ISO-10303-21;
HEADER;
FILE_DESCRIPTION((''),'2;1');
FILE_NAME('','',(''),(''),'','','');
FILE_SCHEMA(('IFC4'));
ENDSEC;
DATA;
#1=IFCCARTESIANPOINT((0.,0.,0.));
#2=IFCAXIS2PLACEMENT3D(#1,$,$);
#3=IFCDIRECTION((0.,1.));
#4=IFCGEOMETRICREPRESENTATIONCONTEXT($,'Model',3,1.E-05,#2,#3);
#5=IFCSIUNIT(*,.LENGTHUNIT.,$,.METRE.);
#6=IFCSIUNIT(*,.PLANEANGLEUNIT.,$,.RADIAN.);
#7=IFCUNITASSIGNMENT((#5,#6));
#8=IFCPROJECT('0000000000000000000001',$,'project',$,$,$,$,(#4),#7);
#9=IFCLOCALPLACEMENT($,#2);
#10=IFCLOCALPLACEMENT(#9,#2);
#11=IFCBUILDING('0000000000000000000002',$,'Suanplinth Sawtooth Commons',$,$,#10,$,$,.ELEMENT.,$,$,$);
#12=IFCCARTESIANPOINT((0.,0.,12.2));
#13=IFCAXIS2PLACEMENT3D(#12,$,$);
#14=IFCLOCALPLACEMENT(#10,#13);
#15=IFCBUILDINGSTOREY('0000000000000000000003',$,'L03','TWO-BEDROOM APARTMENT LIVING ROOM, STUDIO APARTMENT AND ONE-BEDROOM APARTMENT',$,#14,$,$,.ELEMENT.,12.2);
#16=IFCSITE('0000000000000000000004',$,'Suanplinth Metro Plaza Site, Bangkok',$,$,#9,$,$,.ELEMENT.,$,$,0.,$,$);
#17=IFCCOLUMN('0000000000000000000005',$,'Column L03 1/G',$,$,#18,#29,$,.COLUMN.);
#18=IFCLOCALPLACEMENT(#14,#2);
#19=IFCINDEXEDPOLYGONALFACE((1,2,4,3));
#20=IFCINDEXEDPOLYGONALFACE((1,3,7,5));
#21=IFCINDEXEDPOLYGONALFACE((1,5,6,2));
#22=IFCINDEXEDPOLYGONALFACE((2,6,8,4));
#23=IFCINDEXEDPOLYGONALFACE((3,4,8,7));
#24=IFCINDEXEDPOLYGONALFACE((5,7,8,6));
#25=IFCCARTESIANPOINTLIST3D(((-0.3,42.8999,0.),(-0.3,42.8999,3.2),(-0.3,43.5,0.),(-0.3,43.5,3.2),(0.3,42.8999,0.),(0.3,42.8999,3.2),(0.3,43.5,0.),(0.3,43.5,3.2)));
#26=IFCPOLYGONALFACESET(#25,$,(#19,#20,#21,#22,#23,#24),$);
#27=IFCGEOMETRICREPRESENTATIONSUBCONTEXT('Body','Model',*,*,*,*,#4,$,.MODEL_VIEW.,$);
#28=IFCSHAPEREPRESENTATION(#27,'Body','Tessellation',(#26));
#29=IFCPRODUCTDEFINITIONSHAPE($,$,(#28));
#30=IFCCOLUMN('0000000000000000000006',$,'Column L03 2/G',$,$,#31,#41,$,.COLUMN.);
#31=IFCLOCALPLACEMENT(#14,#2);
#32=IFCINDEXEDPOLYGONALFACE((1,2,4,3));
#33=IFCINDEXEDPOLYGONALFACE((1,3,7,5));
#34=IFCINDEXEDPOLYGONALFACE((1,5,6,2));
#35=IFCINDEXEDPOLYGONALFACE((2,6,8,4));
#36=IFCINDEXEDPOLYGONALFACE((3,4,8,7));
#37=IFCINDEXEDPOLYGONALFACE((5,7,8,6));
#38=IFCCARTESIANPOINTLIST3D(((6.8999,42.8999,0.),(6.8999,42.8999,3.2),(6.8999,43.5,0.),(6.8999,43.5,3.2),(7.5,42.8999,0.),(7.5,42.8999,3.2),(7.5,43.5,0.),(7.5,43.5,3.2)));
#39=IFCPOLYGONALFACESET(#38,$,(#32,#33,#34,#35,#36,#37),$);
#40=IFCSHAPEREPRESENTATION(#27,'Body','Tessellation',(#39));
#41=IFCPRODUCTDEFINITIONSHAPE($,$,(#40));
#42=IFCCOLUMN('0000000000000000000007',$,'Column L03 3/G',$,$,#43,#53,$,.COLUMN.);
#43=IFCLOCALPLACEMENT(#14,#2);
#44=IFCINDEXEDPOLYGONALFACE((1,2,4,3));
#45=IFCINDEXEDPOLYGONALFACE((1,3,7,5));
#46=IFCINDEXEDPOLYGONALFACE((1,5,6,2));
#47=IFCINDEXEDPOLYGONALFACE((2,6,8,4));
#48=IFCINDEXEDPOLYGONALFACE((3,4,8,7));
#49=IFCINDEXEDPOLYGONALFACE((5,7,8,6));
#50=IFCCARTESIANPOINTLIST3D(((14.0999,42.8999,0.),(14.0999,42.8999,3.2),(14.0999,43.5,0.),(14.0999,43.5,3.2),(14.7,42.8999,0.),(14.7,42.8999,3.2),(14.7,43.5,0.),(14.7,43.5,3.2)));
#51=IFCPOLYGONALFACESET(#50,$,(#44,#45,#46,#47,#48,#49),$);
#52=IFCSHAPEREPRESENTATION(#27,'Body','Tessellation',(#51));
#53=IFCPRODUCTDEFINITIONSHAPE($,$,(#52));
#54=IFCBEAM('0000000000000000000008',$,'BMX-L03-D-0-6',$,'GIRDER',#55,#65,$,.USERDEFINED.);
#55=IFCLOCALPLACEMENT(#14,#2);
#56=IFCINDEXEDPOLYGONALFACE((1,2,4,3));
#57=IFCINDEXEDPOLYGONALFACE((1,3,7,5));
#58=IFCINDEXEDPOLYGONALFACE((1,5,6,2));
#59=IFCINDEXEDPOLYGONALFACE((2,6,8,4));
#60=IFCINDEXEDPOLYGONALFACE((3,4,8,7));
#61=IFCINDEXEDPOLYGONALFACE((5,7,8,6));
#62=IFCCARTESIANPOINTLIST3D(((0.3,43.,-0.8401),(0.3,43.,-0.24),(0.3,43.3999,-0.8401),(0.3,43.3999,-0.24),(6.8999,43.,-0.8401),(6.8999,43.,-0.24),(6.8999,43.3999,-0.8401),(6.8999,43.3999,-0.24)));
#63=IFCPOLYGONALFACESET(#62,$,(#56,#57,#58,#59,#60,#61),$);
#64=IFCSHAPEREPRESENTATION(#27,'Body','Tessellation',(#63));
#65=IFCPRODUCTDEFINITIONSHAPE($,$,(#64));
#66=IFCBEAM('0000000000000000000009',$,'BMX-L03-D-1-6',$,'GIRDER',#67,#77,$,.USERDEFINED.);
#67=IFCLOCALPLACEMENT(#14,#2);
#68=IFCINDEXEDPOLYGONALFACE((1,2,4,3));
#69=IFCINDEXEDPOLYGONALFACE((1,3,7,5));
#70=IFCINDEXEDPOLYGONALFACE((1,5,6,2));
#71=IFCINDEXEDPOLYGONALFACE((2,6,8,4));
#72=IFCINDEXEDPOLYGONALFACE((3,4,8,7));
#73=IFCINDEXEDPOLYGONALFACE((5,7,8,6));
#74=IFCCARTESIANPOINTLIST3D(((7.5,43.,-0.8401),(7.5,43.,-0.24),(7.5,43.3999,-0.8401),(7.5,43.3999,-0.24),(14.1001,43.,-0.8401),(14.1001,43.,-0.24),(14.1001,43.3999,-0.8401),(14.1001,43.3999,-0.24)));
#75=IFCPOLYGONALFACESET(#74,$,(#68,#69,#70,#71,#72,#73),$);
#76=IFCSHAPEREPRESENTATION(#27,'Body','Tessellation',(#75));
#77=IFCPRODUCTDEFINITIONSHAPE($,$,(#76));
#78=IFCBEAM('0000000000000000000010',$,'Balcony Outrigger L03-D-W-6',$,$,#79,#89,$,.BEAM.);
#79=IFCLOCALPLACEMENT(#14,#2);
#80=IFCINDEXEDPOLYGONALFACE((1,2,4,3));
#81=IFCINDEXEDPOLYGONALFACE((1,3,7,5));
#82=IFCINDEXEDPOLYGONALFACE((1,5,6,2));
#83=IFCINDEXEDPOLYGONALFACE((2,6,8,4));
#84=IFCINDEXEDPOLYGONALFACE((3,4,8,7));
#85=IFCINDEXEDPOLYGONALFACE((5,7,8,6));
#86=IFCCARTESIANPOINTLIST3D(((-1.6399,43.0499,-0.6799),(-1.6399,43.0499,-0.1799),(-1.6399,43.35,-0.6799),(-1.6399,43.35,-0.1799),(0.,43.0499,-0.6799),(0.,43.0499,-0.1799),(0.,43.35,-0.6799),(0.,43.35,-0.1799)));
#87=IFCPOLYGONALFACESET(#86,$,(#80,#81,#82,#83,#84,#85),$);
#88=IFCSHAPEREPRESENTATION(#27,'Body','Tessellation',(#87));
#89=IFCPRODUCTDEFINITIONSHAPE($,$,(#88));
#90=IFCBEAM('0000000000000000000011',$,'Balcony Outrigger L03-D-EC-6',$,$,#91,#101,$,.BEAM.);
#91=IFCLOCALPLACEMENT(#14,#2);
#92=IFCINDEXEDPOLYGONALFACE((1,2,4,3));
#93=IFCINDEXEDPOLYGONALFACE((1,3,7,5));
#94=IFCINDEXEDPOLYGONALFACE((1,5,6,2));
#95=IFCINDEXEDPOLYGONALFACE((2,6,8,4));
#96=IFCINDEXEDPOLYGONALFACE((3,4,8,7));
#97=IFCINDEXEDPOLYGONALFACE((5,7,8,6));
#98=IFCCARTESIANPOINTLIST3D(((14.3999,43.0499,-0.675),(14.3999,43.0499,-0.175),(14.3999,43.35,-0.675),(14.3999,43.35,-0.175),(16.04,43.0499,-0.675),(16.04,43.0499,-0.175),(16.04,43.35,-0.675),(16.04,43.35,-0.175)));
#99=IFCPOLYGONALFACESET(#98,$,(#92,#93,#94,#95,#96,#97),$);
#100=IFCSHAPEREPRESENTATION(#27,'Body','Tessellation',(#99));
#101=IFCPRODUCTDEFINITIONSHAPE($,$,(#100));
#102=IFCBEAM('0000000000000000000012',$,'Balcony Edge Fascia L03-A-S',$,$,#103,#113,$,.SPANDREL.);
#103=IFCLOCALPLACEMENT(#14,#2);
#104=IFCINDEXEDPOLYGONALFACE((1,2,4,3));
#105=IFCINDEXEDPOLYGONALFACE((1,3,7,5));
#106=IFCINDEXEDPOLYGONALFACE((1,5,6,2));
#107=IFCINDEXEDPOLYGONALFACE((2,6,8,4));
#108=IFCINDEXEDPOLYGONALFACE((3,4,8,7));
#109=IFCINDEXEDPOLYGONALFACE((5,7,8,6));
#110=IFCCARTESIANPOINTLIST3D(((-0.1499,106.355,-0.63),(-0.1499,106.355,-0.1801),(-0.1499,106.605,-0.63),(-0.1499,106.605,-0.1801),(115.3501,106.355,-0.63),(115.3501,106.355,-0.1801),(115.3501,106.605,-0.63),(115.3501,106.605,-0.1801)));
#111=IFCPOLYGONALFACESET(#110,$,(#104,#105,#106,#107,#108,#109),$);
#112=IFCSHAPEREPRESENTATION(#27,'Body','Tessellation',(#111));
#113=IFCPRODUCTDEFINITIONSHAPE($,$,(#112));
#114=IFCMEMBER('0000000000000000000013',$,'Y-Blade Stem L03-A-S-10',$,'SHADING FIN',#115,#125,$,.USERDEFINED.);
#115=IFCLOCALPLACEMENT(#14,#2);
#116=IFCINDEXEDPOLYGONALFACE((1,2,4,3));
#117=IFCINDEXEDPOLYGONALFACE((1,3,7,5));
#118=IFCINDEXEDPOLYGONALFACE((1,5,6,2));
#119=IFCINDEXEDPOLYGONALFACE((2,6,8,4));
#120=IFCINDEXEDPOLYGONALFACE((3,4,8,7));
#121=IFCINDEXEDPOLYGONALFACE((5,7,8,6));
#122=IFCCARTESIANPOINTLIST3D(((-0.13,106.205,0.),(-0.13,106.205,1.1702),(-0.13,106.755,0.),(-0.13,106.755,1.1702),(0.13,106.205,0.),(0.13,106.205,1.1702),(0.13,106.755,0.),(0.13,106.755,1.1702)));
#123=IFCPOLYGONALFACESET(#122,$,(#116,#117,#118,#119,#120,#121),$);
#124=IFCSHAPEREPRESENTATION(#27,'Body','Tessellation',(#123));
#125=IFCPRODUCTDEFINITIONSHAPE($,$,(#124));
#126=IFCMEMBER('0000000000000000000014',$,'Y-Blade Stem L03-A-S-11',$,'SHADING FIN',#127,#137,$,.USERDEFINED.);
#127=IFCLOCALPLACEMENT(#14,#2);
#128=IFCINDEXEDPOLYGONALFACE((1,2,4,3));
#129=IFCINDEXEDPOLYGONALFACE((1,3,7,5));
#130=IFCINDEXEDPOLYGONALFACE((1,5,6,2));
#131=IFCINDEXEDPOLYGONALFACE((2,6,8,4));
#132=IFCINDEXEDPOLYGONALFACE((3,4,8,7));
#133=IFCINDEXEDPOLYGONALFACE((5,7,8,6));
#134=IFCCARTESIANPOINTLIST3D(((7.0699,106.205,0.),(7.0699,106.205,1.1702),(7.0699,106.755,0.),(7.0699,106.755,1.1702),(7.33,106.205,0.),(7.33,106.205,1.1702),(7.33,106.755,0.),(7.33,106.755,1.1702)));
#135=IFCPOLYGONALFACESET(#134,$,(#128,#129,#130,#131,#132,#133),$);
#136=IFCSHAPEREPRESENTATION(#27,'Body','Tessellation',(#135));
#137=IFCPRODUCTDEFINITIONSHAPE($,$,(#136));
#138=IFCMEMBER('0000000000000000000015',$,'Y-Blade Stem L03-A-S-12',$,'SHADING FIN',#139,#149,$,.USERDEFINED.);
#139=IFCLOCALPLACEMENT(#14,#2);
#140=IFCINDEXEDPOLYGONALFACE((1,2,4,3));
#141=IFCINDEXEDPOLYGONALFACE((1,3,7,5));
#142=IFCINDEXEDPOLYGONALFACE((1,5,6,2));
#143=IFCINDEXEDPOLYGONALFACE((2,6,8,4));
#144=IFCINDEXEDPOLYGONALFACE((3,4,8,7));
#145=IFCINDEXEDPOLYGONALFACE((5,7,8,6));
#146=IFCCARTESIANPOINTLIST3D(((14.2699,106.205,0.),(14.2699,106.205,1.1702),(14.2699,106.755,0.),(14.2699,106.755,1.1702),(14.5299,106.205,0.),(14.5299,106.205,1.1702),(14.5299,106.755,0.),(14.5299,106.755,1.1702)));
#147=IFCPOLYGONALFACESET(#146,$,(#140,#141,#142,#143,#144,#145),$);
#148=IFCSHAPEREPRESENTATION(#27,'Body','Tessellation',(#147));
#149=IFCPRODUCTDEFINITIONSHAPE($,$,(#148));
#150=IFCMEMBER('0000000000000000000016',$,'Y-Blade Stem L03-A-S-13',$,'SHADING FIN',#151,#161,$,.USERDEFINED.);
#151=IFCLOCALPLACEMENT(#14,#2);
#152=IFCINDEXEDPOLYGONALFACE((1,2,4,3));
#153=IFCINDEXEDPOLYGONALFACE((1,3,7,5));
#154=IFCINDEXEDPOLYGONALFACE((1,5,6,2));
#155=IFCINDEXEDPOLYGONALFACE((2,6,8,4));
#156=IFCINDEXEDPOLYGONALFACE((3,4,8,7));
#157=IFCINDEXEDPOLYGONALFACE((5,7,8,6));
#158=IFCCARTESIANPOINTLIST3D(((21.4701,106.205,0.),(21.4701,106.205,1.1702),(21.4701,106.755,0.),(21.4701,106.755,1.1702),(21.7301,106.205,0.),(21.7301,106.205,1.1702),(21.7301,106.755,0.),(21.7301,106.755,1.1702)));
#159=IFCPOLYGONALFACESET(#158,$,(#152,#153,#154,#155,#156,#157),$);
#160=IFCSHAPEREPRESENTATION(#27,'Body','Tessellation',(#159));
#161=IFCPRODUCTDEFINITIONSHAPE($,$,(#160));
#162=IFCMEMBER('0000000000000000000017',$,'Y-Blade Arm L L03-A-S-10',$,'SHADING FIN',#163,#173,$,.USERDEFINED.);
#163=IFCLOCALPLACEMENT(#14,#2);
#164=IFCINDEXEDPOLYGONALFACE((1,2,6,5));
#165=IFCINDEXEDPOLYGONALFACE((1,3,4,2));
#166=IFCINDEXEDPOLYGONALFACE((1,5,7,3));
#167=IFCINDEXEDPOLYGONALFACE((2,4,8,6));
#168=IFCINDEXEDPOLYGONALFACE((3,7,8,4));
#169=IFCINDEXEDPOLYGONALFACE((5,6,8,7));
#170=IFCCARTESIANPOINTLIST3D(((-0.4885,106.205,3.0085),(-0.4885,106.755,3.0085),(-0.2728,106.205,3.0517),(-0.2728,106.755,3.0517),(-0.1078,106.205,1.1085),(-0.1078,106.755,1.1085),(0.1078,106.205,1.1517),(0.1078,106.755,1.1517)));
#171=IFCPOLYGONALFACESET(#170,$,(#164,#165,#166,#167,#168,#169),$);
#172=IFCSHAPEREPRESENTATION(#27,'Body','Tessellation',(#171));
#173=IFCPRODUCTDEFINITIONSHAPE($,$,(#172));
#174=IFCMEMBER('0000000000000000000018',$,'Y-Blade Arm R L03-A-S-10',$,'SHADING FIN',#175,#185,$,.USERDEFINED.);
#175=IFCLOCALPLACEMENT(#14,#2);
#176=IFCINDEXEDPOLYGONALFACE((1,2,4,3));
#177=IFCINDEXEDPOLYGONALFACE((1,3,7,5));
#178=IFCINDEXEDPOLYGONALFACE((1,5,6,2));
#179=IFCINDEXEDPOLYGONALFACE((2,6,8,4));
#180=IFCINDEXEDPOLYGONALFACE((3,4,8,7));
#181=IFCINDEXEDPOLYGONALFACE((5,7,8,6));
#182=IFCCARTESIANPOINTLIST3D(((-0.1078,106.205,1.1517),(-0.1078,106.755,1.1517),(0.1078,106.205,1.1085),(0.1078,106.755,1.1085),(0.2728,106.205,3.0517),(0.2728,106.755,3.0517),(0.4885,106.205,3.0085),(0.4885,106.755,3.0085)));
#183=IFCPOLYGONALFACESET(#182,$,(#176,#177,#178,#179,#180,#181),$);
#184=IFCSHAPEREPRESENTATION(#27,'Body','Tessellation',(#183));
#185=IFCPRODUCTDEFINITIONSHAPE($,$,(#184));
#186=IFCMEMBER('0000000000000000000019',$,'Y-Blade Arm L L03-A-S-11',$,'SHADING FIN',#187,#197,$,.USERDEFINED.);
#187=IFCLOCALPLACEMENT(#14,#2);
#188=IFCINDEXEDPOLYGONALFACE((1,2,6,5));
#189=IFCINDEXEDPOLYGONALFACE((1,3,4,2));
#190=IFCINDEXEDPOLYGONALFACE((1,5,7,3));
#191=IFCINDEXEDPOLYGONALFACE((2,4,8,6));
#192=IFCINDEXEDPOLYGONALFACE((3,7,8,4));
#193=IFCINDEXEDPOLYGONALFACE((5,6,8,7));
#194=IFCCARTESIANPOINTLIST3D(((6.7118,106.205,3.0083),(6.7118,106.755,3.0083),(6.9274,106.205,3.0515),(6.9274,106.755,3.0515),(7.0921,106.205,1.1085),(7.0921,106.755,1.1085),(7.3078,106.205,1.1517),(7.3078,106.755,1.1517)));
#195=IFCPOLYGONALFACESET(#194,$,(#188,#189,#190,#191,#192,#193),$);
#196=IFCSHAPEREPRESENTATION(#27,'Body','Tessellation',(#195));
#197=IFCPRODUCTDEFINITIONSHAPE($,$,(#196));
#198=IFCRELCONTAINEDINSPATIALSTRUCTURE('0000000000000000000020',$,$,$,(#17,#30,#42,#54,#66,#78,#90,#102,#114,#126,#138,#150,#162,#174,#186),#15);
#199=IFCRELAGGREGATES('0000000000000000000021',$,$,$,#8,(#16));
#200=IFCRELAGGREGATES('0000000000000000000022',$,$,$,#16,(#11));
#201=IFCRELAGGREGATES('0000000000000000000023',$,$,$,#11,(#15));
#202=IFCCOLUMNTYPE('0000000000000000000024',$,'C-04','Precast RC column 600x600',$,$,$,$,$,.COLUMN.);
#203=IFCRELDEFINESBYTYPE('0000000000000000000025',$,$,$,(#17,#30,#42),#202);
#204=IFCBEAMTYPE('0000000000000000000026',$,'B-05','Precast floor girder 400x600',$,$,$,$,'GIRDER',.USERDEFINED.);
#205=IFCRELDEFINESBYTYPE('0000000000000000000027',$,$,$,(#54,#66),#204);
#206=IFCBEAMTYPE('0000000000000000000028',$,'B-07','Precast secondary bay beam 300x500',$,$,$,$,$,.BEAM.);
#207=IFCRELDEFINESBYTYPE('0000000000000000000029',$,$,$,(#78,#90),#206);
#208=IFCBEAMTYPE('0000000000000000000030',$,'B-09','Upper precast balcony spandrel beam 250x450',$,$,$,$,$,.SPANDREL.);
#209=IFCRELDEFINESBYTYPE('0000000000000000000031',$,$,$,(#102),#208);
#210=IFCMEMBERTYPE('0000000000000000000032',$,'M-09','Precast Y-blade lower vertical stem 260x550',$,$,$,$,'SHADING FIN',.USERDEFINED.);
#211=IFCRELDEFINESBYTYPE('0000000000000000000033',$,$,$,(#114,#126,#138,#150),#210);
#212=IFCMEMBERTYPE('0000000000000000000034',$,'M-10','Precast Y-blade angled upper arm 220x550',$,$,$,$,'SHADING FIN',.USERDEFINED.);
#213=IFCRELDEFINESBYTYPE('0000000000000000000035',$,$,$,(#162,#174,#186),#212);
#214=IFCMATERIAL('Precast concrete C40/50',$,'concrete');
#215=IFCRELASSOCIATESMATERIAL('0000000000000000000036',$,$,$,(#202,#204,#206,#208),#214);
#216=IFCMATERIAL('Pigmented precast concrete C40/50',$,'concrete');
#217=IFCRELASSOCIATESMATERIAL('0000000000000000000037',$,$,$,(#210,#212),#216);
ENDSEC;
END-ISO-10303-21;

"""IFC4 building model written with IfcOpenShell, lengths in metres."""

from ifc_helpers import new_model, si_unit, direction, frame, origin, origin_2d, place, context, subcontext, project, spatial, rectangle, extrude, material, material_profile, profile_set, type_object, element, save


model = new_model("IFC4")

# Units and contexts
model_context = context("Model", 3, precision=1e-05, world=origin(), true_north=direction((0.0, 1.0)))
body_context = subcontext(model_context, "Body", "Model", "MODEL_VIEW")
ifc_project = project(units=[si_unit("LENGTHUNIT", "METRE"), si_unit("PLANEANGLEUNIT", "RADIAN")], contexts=[model_context])

# Site, building, storey
site_placement = place(None, origin())
site = spatial("IfcSite", under=ifc_project, at=site_placement, Name="Suanplinth Metro Plaza Site, Bangkok", CompositionType="ELEMENT", RefElevation=0.0)
building_placement = place(site_placement, origin())
building = spatial("IfcBuilding", under=site, at=building_placement, Name="Suanplinth Sawtooth Commons", CompositionType="ELEMENT")
storey_placement = place(building_placement, frame((0.0, 0.0, 12.2)))
storey = spatial("IfcBuildingStorey", under=building, at=storey_placement, Name="L03", Description="TWO-BEDROOM APARTMENT LIVING ROOM, STUDIO APARTMENT AND ONE-BEDROOM APARTMENT", CompositionType="ELEMENT", Elevation=12.2)

# Columns
ifc_material_1 = material(Name="Precast concrete C40/50", Category="concrete")
ifc_material_profile_1 = material_profile(ifc_material_1, rectangle(XDim=0.6001, YDim=0.6001, at=origin_2d()), Name="PC-COL 600x600")
ifc_profile_set_1 = profile_set([ifc_material_profile_1], Name="Precast concrete C40/50")
column_type = type_object("IfcColumnType", Name="C-04", Description="Precast RC column 600x600", PredefinedType="COLUMN", material=ifc_profile_set_1)
for number, where, z_axis, x_axis, name in (
    (1, (0.0, 43.2, 0.0), (0.0, 0.0, 1.0), (1.0, 0.0, 0.0), "Column L03 1/G"),
    (2, (7.2, 43.2, 0.0), (0.0, 0.0, 1.0), (1.0, 0.0, 0.0), "Column L03 2/G"),
    (3, (14.3999, 43.2, 0.0), (0.0, 0.0, 1.0), (1.0, 0.0, 0.0), "Column L03 3/G"),
):
    element("IfcColumn", number, at=place(storey_placement, frame(where, z_axis=z_axis, x_axis=x_axis)), inside=storey, type_object=column_type, Name=name, PredefinedType="COLUMN", context=body_context, shape_type="SweptSolid", body=[
        extrude(rectangle(XDim=0.6001, YDim=0.6001, at=origin_2d()), origin(), (0.0, 0.0, 1.0), 3.2),
    ])

# Beams
ifc_material_profile_2 = material_profile(ifc_material_1, rectangle(XDim=0.3999, YDim=0.6001, at=origin_2d()), Name="PC-GDR 400x600")
ifc_profile_set_2 = profile_set([ifc_material_profile_2], Name="Precast concrete C40/50")
beam_type_1 = type_object("IfcBeamType", Name="B-05", Description="Precast floor girder 400x600", ElementType="GIRDER", PredefinedType="USERDEFINED", material=ifc_profile_set_2)
beam_1_placement = place(storey_placement, frame((0.3, 43.2, -0.54), z_axis=(1.0, 0.0, 0.0), x_axis=(0.0, 1.0, 0.0)))
element("IfcBeam", 4, at=beam_1_placement, inside=storey, type_object=beam_type_1, Name="BMX-L03-D-0-6", ObjectType="GIRDER", PredefinedType="USERDEFINED", context=body_context, shape_type="SweptSolid", body=[
    extrude(rectangle(XDim=0.3999, YDim=0.6001, at=origin_2d()), origin(), (0.0, 0.0, 1.0), 6.5999),
])
beam_2_placement = place(storey_placement, frame((7.5, 43.2, -0.54), z_axis=(1.0, 0.0, 0.0), x_axis=(0.0, 1.0, 0.0)))
element("IfcBeam", 5, at=beam_2_placement, inside=storey, type_object=beam_type_1, Name="BMX-L03-D-1-6", ObjectType="GIRDER", PredefinedType="USERDEFINED", context=body_context, shape_type="SweptSolid", body=[
    extrude(rectangle(XDim=0.3999, YDim=0.6001, at=origin_2d()), origin(), (0.0, 0.0, 1.0), 6.6001),
])
ifc_material_profile_3 = material_profile(ifc_material_1, rectangle(XDim=0.3, YDim=0.5, at=origin_2d()), Name="PC-BM 300x500")
ifc_profile_set_3 = profile_set([ifc_material_profile_3], Name="Precast concrete C40/50")
beam_type_2 = type_object("IfcBeamType", Name="B-07", Description="Precast secondary bay beam 300x500", PredefinedType="BEAM", material=ifc_profile_set_3)
beam_3_placement = place(storey_placement, frame((0.0, 43.2, -0.4299), z_axis=(-1.0, 0.0, 0.0), x_axis=(0.0, -1.0, 0.0)))
element("IfcBeam", 6, at=beam_3_placement, inside=storey, type_object=beam_type_2, Name="Balcony Outrigger L03-D-W-6", PredefinedType="BEAM", context=body_context, shape_type="SweptSolid", body=[
    extrude(rectangle(XDim=0.3, YDim=0.5, at=origin_2d()), origin(), (0.0, 0.0, 1.0), 1.6399),
])
beam_4_placement = place(storey_placement, frame((14.3999, 43.2, -0.425), z_axis=(1.0, 0.0, 0.0), x_axis=(0.0, 1.0, 0.0)))
element("IfcBeam", 7, at=beam_4_placement, inside=storey, type_object=beam_type_2, Name="Balcony Outrigger L03-D-EC-6", PredefinedType="BEAM", context=body_context, shape_type="SweptSolid", body=[
    extrude(rectangle(XDim=0.3, YDim=0.5, at=origin_2d()), origin(), (0.0, 0.0, 1.0), 1.6401),
])
ifc_material_profile_4 = material_profile(ifc_material_1, rectangle(XDim=0.25, YDim=0.45, at=origin_2d()), Name="PC-SP 250x450")
ifc_profile_set_4 = profile_set([ifc_material_profile_4], Name="Precast concrete C40/50")
beam_type_3 = type_object("IfcBeamType", Name="B-09", Description="Upper precast balcony spandrel beam 250x450", PredefinedType="SPANDREL", material=ifc_profile_set_4)
beam_5_placement = place(storey_placement, frame((-0.1499, 106.48, -0.405), z_axis=(1.0, 0.0, 0.0), x_axis=(0.0, 1.0, 0.0)))
element("IfcBeam", 8, at=beam_5_placement, inside=storey, type_object=beam_type_3, Name="Balcony Edge Fascia L03-A-S", PredefinedType="SPANDREL", context=body_context, shape_type="SweptSolid", body=[
    extrude(rectangle(XDim=0.25, YDim=0.45, at=origin_2d()), origin(), (0.0, 0.0, 1.0), 115.5),
])

# Members
ifc_material_2 = material(Name="Pigmented precast concrete C40/50", Category="concrete")
ifc_material_profile_5 = material_profile(ifc_material_2, rectangle(XDim=0.26, YDim=0.55, at=origin_2d()), Name="PC-FIN 260x550")
ifc_profile_set_5 = profile_set([ifc_material_profile_5], Name="Pigmented precast concrete C40/50")
member_type_1 = type_object("IfcMemberType", Name="M-09", Description="Precast Y-blade lower vertical stem 260x550", ElementType="SHADING FIN", PredefinedType="USERDEFINED", material=ifc_profile_set_5)
for number, where, z_axis, x_axis, name in (
    (9, (0.0, 106.48, 0.0), (0.0, 0.0, 1.0), (1.0, 0.0, 0.0), "Y-Blade Stem L03-A-S-10"),
    (10, (7.2, 106.48, 0.0), (0.0, 0.0, 1.0), (1.0, 0.0, 0.0), "Y-Blade Stem L03-A-S-11"),
    (11, (14.3999, 106.48, 0.0), (0.0, 0.0, 1.0), (1.0, 0.0, 0.0), "Y-Blade Stem L03-A-S-12"),
    (12, (21.6001, 106.48, 0.0), (0.0, 0.0, 1.0), (1.0, 0.0, 0.0), "Y-Blade Stem L03-A-S-13"),
):
    element("IfcMember", number, at=place(storey_placement, frame(where, z_axis=z_axis, x_axis=x_axis)), inside=storey, type_object=member_type_1, Name=name, ObjectType="SHADING FIN", PredefinedType="USERDEFINED", context=body_context, shape_type="SweptSolid", body=[
        extrude(rectangle(XDim=0.26, YDim=0.55, at=origin_2d()), origin(), (0.0, 0.0, 1.0), 1.1702),
    ])
ifc_material_profile_6 = material_profile(ifc_material_2, rectangle(XDim=0.22, YDim=0.55, at=origin_2d()), Name="PC-FIN 220x550")
ifc_profile_set_6 = profile_set([ifc_material_profile_6], Name="Pigmented precast concrete C40/50")
member_type_2 = type_object("IfcMemberType", Name="M-10", Description="Precast Y-blade angled upper arm 220x550", ElementType="SHADING FIN", PredefinedType="USERDEFINED", material=ifc_profile_set_6)
for number, where, z_axis, x_axis, name in (
    (13, (0.0, 106.48, 1.1301), (-0.196431, 0.0, 0.980518), (0.980518, 0.0, 0.196431), "Y-Blade Arm L L03-A-S-10"),
    (14, (0.0, 106.48, 1.1301), (0.196431, 0.0, 0.980518), (-0.980518, 0.0, 0.196431), "Y-Blade Arm R L03-A-S-10"),
):
    element("IfcMember", number, at=place(storey_placement, frame(where, z_axis=z_axis, x_axis=x_axis)), inside=storey, type_object=member_type_2, Name=name, ObjectType="SHADING FIN", PredefinedType="USERDEFINED", context=body_context, shape_type="SweptSolid", body=[
        extrude(rectangle(XDim=0.22, YDim=0.55, at=origin_2d()), origin(), (0.0, 0.0, 1.0), 1.9377),
    ])
member_1_placement = place(storey_placement, frame((7.2, 106.48, 1.1301), z_axis=(-0.19631, 0.0, 0.980542), x_axis=(0.980542, 0.0, 0.19631)))
element("IfcMember", 15, at=member_1_placement, inside=storey, type_object=member_type_2, Name="Y-Blade Arm L L03-A-S-11", ObjectType="SHADING FIN", PredefinedType="USERDEFINED", context=body_context, shape_type="SweptSolid", body=[
    extrude(rectangle(XDim=0.22, YDim=0.55, at=origin_2d()), origin(), (0.0, 0.0, 1.0), 1.9375),
])

save(model, "model.ifc")
